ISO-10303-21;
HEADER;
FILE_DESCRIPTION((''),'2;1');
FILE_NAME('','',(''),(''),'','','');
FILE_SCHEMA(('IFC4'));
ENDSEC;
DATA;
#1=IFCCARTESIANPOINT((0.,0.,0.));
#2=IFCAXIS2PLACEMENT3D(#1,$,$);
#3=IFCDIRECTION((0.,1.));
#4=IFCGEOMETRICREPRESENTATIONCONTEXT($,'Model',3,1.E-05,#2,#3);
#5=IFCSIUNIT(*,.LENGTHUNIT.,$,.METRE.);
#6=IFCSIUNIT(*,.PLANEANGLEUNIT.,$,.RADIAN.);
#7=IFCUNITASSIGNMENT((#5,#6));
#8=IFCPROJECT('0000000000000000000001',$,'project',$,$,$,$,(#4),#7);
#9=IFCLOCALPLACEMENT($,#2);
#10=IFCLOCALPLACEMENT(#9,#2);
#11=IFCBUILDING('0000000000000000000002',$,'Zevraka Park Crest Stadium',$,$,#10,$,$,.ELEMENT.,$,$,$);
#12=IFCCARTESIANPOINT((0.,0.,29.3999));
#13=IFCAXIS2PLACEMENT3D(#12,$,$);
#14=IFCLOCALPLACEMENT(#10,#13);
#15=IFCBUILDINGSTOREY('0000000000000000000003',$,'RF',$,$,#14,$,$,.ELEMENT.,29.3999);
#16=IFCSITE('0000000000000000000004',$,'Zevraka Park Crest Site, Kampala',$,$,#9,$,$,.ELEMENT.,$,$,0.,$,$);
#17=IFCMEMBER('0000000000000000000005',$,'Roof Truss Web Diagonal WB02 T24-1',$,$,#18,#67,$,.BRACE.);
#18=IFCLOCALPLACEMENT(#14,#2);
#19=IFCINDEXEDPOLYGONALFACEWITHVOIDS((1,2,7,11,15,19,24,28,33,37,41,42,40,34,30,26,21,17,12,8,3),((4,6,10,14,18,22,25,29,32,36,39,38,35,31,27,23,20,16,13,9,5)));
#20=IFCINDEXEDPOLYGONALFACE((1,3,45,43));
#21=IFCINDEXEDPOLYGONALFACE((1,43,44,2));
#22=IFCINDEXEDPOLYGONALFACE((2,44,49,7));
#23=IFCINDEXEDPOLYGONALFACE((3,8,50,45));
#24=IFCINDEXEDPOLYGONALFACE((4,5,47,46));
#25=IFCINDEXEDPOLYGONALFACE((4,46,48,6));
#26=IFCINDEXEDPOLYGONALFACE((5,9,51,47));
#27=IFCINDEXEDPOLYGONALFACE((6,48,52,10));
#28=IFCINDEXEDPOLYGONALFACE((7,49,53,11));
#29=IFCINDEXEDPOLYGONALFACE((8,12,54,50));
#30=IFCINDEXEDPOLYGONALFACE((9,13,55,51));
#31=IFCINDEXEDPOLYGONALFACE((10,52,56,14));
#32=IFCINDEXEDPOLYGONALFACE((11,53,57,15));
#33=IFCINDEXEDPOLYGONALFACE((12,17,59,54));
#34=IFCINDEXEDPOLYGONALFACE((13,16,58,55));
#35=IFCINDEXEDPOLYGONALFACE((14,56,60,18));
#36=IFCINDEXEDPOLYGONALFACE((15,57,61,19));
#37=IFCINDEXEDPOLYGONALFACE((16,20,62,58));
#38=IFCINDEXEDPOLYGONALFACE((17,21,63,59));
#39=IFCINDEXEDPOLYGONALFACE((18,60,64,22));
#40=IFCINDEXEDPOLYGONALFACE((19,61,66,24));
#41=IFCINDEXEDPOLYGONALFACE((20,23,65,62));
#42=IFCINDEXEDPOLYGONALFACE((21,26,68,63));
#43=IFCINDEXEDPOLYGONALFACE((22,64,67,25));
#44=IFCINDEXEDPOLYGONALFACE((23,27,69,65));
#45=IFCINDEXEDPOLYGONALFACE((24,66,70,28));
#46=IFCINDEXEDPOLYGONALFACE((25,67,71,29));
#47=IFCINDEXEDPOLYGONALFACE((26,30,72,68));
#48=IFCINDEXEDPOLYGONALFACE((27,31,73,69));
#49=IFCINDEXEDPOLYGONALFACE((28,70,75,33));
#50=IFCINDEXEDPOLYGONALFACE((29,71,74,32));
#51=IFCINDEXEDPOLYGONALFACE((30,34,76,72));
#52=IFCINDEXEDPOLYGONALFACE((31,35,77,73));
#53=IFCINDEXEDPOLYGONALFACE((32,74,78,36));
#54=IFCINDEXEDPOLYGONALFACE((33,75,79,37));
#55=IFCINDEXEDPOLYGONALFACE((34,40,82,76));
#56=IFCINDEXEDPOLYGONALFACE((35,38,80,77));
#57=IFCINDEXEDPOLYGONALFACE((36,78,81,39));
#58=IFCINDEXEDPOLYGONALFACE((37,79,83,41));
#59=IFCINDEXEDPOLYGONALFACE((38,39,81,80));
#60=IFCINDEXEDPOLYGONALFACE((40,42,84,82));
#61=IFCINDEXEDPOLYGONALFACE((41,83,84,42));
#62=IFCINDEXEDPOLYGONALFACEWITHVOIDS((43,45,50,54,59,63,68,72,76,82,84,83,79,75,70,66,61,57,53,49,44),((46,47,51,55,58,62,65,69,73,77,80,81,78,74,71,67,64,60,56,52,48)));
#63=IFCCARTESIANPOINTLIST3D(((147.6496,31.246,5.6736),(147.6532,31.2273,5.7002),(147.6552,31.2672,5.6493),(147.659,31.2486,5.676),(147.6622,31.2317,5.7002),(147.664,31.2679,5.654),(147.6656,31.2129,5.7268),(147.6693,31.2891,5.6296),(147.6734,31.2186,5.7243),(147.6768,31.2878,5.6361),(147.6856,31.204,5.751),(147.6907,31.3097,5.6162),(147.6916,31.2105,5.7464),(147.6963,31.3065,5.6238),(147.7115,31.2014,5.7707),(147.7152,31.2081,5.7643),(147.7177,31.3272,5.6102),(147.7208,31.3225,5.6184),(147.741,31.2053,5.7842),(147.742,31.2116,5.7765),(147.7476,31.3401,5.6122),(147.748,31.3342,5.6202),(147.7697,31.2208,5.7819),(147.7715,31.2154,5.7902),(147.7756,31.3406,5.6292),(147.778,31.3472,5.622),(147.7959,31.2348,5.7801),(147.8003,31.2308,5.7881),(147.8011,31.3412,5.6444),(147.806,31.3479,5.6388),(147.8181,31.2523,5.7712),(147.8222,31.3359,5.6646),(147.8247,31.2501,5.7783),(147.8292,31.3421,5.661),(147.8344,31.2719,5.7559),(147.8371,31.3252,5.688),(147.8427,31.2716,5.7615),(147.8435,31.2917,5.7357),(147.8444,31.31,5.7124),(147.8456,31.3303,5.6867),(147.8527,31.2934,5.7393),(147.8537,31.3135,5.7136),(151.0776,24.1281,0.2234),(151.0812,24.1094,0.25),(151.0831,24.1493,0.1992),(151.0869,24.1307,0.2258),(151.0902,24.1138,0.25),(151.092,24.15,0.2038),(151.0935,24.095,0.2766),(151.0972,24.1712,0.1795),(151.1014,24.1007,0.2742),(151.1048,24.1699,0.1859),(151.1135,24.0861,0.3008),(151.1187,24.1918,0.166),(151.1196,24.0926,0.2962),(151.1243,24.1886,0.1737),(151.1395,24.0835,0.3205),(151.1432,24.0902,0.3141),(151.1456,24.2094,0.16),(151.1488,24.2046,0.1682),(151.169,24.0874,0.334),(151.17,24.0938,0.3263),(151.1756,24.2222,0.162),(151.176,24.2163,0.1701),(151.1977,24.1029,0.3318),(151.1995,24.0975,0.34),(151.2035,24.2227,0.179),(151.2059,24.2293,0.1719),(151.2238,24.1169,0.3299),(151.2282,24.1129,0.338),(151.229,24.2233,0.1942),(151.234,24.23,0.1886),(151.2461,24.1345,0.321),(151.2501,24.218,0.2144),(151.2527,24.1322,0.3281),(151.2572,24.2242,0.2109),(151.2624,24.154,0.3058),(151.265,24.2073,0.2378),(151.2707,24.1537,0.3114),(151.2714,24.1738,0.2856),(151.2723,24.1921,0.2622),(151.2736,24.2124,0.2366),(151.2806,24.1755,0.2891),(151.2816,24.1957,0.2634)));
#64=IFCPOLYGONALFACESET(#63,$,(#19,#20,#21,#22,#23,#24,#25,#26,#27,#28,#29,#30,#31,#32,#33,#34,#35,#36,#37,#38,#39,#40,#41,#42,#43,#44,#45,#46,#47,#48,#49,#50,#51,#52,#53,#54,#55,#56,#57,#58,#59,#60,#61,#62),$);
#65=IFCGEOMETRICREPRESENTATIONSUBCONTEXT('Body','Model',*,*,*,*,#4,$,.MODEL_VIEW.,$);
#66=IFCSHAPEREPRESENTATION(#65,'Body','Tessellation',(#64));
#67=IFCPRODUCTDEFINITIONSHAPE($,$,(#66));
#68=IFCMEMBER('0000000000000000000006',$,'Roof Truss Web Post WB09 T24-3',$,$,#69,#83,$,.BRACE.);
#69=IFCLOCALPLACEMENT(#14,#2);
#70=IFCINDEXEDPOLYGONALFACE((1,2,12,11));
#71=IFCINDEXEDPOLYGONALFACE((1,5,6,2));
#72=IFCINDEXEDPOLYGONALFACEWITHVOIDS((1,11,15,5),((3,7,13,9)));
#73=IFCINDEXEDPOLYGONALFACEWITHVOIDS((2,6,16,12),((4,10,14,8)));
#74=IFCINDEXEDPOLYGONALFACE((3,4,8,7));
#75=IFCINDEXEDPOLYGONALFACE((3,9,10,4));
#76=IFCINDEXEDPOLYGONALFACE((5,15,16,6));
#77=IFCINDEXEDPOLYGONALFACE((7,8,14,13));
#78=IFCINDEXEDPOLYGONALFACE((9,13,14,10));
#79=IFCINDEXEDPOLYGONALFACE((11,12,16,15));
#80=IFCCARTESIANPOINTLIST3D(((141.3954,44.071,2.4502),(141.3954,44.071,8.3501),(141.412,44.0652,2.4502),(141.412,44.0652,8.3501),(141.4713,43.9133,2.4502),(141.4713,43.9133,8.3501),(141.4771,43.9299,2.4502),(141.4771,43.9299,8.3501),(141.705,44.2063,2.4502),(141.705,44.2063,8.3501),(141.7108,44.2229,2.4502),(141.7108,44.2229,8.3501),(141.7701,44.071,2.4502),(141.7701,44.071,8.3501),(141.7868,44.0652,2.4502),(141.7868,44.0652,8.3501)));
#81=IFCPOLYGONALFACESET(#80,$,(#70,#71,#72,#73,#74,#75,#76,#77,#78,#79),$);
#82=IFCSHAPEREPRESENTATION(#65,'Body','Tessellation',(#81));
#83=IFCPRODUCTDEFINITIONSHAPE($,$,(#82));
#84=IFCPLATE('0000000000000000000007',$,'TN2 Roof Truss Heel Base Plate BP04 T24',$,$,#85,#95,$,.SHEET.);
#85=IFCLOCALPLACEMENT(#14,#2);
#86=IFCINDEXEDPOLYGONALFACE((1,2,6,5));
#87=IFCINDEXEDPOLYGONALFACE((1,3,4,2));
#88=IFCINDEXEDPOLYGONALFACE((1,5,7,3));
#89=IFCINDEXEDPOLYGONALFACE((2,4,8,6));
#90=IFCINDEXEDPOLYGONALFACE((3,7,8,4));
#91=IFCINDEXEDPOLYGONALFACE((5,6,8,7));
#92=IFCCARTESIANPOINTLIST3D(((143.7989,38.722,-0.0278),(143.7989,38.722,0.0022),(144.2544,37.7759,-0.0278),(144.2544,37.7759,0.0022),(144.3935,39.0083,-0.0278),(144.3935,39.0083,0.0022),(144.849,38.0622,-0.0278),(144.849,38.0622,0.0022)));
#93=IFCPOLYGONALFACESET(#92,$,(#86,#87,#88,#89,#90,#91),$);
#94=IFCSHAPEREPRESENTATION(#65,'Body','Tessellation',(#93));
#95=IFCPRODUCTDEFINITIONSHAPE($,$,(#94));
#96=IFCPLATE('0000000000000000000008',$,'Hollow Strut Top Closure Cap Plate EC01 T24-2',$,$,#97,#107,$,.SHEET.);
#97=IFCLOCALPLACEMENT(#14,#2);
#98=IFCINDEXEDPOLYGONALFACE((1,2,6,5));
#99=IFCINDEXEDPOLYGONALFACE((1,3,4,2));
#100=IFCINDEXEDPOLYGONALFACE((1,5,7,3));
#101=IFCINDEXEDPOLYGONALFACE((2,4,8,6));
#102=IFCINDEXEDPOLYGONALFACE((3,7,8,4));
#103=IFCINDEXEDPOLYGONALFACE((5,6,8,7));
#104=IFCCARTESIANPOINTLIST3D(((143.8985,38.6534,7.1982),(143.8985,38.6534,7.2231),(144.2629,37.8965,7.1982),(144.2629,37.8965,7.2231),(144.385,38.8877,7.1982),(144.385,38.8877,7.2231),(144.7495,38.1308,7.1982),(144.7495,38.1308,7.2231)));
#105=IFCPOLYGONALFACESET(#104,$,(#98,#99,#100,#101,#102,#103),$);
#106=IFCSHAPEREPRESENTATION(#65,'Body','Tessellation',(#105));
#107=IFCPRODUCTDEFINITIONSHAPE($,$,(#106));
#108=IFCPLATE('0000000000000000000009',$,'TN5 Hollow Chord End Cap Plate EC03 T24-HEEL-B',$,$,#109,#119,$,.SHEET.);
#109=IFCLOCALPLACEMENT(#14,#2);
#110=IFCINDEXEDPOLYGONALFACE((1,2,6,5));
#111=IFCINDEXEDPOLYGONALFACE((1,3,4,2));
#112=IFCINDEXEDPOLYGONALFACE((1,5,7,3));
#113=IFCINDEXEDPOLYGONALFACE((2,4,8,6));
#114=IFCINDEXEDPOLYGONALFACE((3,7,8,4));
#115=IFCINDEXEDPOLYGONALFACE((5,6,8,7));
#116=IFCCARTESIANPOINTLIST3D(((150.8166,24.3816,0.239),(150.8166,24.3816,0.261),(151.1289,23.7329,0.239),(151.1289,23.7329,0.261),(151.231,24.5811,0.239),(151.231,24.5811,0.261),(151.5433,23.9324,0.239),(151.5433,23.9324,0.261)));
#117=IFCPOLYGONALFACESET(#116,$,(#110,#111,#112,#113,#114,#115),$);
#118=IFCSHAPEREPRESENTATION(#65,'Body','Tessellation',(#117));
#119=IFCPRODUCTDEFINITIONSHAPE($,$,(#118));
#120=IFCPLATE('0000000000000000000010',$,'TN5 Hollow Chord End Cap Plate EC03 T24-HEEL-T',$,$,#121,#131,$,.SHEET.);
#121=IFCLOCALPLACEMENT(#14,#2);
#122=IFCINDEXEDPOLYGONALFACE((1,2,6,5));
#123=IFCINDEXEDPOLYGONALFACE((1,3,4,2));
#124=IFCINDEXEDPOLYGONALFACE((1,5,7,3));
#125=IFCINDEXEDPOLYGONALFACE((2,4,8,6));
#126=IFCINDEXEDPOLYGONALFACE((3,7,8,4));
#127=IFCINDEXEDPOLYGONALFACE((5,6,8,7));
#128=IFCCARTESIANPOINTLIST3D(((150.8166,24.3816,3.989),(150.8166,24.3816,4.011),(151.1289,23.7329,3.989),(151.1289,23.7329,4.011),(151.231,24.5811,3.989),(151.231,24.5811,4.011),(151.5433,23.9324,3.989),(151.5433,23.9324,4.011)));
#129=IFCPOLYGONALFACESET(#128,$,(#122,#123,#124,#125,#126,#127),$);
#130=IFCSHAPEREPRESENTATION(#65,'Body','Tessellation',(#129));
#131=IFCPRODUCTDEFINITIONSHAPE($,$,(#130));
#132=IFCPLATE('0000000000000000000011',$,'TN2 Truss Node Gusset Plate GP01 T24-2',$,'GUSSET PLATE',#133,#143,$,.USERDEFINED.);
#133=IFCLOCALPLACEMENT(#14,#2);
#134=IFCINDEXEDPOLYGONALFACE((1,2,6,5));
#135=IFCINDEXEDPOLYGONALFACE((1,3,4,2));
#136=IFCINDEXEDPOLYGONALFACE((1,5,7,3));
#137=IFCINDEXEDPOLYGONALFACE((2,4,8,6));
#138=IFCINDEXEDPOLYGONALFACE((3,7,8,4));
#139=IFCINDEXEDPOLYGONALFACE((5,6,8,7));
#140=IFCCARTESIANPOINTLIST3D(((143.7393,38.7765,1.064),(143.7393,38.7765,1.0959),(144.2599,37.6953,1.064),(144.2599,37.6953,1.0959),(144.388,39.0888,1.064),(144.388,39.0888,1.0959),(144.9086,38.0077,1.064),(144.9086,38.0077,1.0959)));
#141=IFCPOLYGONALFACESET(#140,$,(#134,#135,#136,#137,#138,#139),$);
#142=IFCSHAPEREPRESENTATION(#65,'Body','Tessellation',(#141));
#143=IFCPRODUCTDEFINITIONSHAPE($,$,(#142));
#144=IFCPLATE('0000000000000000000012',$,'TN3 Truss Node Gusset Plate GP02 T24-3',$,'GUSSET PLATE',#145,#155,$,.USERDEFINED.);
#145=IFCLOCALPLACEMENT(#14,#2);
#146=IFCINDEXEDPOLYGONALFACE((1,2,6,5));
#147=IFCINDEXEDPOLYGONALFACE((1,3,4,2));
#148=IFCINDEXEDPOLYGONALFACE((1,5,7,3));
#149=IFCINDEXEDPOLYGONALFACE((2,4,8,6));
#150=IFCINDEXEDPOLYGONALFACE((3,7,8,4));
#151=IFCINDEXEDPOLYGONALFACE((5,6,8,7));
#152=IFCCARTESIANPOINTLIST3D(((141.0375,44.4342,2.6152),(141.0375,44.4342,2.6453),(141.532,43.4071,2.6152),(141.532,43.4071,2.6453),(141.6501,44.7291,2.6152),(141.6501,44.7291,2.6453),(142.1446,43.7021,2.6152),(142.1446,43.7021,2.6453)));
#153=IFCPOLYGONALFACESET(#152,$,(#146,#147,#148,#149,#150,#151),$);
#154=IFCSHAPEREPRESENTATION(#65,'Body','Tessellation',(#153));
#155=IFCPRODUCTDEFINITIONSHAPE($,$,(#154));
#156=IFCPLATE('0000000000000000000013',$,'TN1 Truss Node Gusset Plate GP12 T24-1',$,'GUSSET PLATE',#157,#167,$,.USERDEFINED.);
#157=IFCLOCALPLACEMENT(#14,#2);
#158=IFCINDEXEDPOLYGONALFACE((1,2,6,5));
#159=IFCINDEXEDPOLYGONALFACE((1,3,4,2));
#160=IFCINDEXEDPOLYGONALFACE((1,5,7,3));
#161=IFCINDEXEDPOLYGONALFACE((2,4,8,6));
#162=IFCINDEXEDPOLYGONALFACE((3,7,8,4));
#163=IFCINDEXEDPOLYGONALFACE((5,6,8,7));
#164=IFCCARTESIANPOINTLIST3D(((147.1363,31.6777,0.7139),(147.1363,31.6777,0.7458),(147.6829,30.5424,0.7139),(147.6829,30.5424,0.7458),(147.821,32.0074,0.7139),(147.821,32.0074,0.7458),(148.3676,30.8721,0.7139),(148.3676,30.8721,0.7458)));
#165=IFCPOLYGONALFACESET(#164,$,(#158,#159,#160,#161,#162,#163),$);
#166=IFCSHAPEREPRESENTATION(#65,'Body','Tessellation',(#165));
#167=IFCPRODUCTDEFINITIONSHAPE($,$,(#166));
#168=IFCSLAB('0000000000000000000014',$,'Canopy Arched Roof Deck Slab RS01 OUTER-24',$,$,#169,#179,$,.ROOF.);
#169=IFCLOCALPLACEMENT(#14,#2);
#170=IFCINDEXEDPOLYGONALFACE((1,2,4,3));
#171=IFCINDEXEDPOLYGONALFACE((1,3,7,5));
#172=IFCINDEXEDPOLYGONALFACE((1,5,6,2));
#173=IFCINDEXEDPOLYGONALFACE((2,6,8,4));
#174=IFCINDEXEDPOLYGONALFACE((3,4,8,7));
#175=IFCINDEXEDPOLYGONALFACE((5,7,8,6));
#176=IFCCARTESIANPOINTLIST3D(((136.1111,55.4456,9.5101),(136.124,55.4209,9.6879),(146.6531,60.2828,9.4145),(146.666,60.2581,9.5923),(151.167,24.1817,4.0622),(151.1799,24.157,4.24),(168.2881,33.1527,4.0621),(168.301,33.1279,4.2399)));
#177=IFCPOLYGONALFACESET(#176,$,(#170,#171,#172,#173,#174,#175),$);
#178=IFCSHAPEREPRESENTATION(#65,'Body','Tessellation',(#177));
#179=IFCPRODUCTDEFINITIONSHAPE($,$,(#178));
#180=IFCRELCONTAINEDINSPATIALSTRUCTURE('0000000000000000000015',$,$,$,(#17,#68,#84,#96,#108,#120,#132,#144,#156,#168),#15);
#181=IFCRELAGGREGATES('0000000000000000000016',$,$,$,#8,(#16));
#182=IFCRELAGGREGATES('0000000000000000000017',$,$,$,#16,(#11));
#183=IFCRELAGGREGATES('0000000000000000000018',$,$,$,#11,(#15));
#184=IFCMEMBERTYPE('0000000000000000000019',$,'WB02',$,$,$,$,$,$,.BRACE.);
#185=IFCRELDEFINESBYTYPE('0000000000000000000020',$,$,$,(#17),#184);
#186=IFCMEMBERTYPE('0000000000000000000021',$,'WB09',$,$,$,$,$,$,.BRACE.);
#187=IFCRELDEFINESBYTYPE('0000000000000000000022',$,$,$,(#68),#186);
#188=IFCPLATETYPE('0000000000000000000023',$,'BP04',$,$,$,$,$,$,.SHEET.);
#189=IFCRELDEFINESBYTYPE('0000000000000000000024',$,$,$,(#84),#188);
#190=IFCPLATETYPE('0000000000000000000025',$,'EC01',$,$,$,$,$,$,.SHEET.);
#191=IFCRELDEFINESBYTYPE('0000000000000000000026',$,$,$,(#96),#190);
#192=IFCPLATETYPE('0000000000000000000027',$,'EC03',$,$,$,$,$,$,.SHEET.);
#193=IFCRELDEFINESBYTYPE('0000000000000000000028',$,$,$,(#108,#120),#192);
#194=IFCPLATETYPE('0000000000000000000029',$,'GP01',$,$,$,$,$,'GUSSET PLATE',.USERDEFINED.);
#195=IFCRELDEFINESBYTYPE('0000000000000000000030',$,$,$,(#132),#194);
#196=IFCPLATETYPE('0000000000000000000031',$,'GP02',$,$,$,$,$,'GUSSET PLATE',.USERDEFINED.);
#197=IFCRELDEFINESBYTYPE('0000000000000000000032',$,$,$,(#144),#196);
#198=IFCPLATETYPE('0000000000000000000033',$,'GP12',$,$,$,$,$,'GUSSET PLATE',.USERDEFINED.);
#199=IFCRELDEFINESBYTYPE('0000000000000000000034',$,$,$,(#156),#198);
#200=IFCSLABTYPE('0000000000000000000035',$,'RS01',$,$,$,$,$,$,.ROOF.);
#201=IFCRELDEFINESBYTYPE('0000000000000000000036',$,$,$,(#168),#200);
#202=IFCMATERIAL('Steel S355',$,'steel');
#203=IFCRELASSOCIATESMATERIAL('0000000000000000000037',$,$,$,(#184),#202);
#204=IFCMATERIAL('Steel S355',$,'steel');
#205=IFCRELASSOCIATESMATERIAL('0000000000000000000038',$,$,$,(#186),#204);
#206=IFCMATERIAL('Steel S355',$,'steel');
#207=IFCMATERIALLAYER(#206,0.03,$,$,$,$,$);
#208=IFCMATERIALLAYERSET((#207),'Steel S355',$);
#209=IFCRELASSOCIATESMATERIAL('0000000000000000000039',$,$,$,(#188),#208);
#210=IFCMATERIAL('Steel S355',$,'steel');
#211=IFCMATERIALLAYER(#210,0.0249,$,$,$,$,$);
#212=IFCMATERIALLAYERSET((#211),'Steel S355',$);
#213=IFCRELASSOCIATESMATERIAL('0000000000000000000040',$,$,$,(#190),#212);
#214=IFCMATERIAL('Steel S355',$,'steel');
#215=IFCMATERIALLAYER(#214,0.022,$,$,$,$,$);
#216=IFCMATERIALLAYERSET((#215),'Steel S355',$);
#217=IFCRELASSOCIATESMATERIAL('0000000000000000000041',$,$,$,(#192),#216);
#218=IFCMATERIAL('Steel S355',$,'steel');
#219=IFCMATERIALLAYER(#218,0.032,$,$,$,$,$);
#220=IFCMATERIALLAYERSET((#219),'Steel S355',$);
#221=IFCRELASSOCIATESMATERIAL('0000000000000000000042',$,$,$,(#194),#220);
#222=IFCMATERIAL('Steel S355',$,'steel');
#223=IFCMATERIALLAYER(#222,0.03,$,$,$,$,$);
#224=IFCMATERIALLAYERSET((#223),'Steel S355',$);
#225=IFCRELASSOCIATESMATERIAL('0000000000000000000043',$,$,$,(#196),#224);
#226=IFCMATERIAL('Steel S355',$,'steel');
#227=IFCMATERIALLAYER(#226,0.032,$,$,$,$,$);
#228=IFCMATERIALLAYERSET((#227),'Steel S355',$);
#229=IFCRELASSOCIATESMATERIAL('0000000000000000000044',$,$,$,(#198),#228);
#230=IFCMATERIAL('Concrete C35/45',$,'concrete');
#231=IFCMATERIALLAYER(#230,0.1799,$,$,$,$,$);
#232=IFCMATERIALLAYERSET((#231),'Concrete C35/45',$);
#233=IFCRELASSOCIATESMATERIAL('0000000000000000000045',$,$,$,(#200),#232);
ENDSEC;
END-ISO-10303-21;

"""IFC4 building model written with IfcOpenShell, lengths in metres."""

from ifc_helpers import new_model, si_unit, direction, frame, origin, origin_2d, place, context, subcontext, project, spatial, polyline, rectangle, hollow_rectangle, hollow_circle, outline, extrude, material, layer, layer_set, material_profile, profile_set, type_object, element, save


model = new_model("IFC4")

# Units and contexts
model_context = context("Model", 3, precision=1e-05, world=origin(), true_north=direction((0.0, 1.0)))
body_context = subcontext(model_context, "Body", "Model", "MODEL_VIEW")
ifc_project = project(units=[si_unit("LENGTHUNIT", "METRE"), si_unit("PLANEANGLEUNIT", "RADIAN")], contexts=[model_context])

# Site, building, storey
site_placement = place(None, origin())
site = spatial("IfcSite", under=ifc_project, at=site_placement, Name="Zevraka Park Crest Site, Kampala", CompositionType="ELEMENT", RefElevation=0.0)
building_placement = place(site_placement, origin())
building = spatial("IfcBuilding", under=site, at=building_placement, Name="Zevraka Park Crest Stadium", CompositionType="ELEMENT")
storey_placement = place(building_placement, frame((0.0, 0.0, 29.3999)))
storey = spatial("IfcBuildingStorey", under=building, at=storey_placement, Name="RF", CompositionType="ELEMENT", Elevation=29.3999)

# Members
ifc_material_1 = material(Name="Steel S355", Category="steel")
ifc_material_profile_1 = material_profile(ifc_material_1, hollow_circle(Radius=0.1096, WallThickness=0.01, at=origin_2d()), Name="CHS 219.1x10")
ifc_profile_set_1 = profile_set([ifc_material_profile_1], Name="Steel S355")
member_type_1 = type_object("IfcMemberType", Name="WB02", PredefinedType="BRACE", material=ifc_profile_set_1)
member_1_placement = place(storey_placement, frame((151.1799, 24.157, 0.25), z_axis=(-0.357158, 0.741609, 0.567851), x_axis=(-0.900961, -0.433901, 0.0)))
element("IfcMember", 1, at=member_1_placement, inside=storey, type_object=member_type_1, Name="Roof Truss Web Diagonal WB02 T24-1", PredefinedType="BRACE", context=body_context, shape_type="SweptSolid", body=[
    extrude(hollow_circle(Radius=0.1096, WallThickness=0.01, at=origin_2d()), origin(), (0.0, 0.0, 1.0), 9.5979),
])
ifc_material_2 = material(Name="Steel S355", Category="steel")
ifc_material_profile_2 = material_profile(ifc_material_2, hollow_rectangle(XDim=0.175, YDim=0.3501, WallThickness=0.0125, at=origin_2d()), Name="RHS 350x175x12.5")
ifc_profile_set_2 = profile_set([ifc_material_profile_2], Name="Steel S355")
member_type_2 = type_object("IfcMemberType", Name="WB09", PredefinedType="BRACE", material=ifc_profile_set_2)
member_2_placement = place(storey_placement, frame((141.5911, 44.0681, 2.4502), z_axis=(0.0, 0.0, 1.0), x_axis=(-0.433816, 0.901001, 0.0)))
element("IfcMember", 2, at=member_2_placement, inside=storey, type_object=member_type_2, Name="Roof Truss Web Post WB09 T24-3", PredefinedType="BRACE", context=body_context, shape_type="SweptSolid", body=[
    extrude(hollow_rectangle(XDim=0.175, YDim=0.3501, WallThickness=0.0125, at=origin_2d()), origin(), (0.0, 0.0, 1.0), 5.8999),
])

# Plates
ifc_material_3 = material(Name="Steel S355", Category="steel")
ifc_layer_1 = layer(ifc_material_3, 0.03)
ifc_layer_set_1 = layer_set([ifc_layer_1], Name="Steel S355")
plate_type_1 = type_object("IfcPlateType", Name="BP04", PredefinedType="SHEET", material=ifc_layer_set_1)
plate_1_placement = place(storey_placement, frame((144.324, 38.3921, -0.0278), z_axis=(0.0, 0.0, 1.0), x_axis=(-0.433816, 0.901001, 0.0)))
element("IfcPlate", 3, at=plate_1_placement, inside=storey, type_object=plate_type_1, Name="TN2 Roof Truss Heel Base Plate BP04 T24", PredefinedType="SHEET", context=body_context, shape_type="SweptSolid", body=[
    extrude(rectangle(XDim=1.05, YDim=0.6599, at=origin_2d()), origin(), (0.0, 0.0, 1.0), 0.03),
])
ifc_material_4 = material(Name="Steel S355", Category="steel")
ifc_layer_2 = layer(ifc_material_4, 0.0249)
ifc_layer_set_2 = layer_set([ifc_layer_2], Name="Steel S355")
plate_type_2 = type_object("IfcPlateType", Name="EC01", PredefinedType="SHEET", material=ifc_layer_set_2)
plate_2_placement = place(storey_placement, frame((144.324, 38.3921, 7.1982), z_axis=(0.0, 0.0, 1.0), x_axis=(-0.433816, 0.901001, 0.0)))
element("IfcPlate", 4, at=plate_2_placement, inside=storey, type_object=plate_type_2, Name="Hollow Strut Top Closure Cap Plate EC01 T24-2", PredefinedType="SHEET", context=body_context, shape_type="SweptSolid", body=[
    extrude(rectangle(XDim=0.8401, YDim=0.54, at=origin_2d()), origin(), (0.0, 0.0, 1.0), 0.0249),
])
ifc_material_5 = material(Name="Steel S355", Category="steel")
ifc_layer_3 = layer(ifc_material_5, 0.022)
ifc_layer_set_3 = layer_set([ifc_layer_3], Name="Steel S355")
plate_type_3 = type_object("IfcPlateType", Name="EC03", PredefinedType="SHEET", material=ifc_layer_set_3)
for number, where, z_axis, x_axis, name in (
    (5, (151.1799, 24.157, 0.239), (0.0, 0.0, 1.0), (-0.433816, 0.901001, 0.0), "TN5 Hollow Chord End Cap Plate EC03 T24-HEEL-B"),
    (6, (151.1799, 24.157, 3.989), (0.0, 0.0, 1.0), (-0.433816, 0.901001, 0.0), "TN5 Hollow Chord End Cap Plate EC03 T24-HEEL-T"),
):
    element("IfcPlate", number, at=place(storey_placement, frame(where, z_axis=z_axis, x_axis=x_axis)), inside=storey, type_object=plate_type_3, Name=name, PredefinedType="SHEET", context=body_context, shape_type="SweptSolid", body=[
        extrude(rectangle(XDim=0.72, YDim=0.46, at=origin_2d()), origin(), (0.0, 0.0, 1.0), 0.022),
    ])
ifc_material_6 = material(Name="Steel S355", Category="steel")
ifc_layer_4 = layer(ifc_material_6, 0.032)
ifc_layer_set_4 = layer_set([ifc_layer_4], Name="Steel S355")
plate_type_4 = type_object("IfcPlateType", Name="GP01", ElementType="GUSSET PLATE", PredefinedType="USERDEFINED", material=ifc_layer_set_4)
plate_3_placement = place(storey_placement, frame((144.324, 38.3921, 1.064), z_axis=(0.0, 0.0, 1.0), x_axis=(-0.433816, 0.901001, 0.0)))
element("IfcPlate", 7, at=plate_3_placement, inside=storey, type_object=plate_type_4, Name="TN2 Truss Node Gusset Plate GP01 T24-2", ObjectType="GUSSET PLATE", PredefinedType="USERDEFINED", context=body_context, shape_type="SweptSolid", body=[
    extrude(rectangle(XDim=1.2, YDim=0.72, at=origin_2d()), origin(), (0.0, 0.0, 1.0), 0.032),
])
ifc_material_7 = material(Name="Steel S355", Category="steel")
ifc_layer_5 = layer(ifc_material_7, 0.03)
ifc_layer_set_5 = layer_set([ifc_layer_5], Name="Steel S355")
plate_type_5 = type_object("IfcPlateType", Name="GP02", ElementType="GUSSET PLATE", PredefinedType="USERDEFINED", material=ifc_layer_set_5)
plate_4_placement = place(storey_placement, frame((141.5911, 44.0681, 2.6152), z_axis=(0.0, 0.0, 1.0), x_axis=(-0.433816, 0.901001, 0.0)))
element("IfcPlate", 8, at=plate_4_placement, inside=storey, type_object=plate_type_5, Name="TN3 Truss Node Gusset Plate GP02 T24-3", ObjectType="GUSSET PLATE", PredefinedType="USERDEFINED", context=body_context, shape_type="SweptSolid", body=[
    extrude(rectangle(XDim=1.1399, YDim=0.6799, at=origin_2d()), origin(), (0.0, 0.0, 1.0), 0.03),
])
ifc_material_8 = material(Name="Steel S355", Category="steel")
ifc_layer_6 = layer(ifc_material_8, 0.032)
ifc_layer_set_6 = layer_set([ifc_layer_6], Name="Steel S355")
plate_type_6 = type_object("IfcPlateType", Name="GP12", ElementType="GUSSET PLATE", PredefinedType="USERDEFINED", material=ifc_layer_set_6)
plate_5_placement = place(storey_placement, frame((147.752, 31.2749, 0.7139), z_axis=(0.0, 0.0, 1.0), x_axis=(-0.433816, 0.901001, 0.0)))
element("IfcPlate", 9, at=plate_5_placement, inside=storey, type_object=plate_type_6, Name="TN1 Truss Node Gusset Plate GP12 T24-1", ObjectType="GUSSET PLATE", PredefinedType="USERDEFINED", context=body_context, shape_type="SweptSolid", body=[
    extrude(rectangle(XDim=1.26, YDim=0.76, at=origin_2d()), origin(), (0.0, 0.0, 1.0), 0.032),
])

# Slab
ifc_material_9 = material(Name="Concrete C35/45", Category="concrete")
ifc_layer_7 = layer(ifc_material_9, 0.1799)
ifc_layer_set_7 = layer_set([ifc_layer_7], Name="Concrete C35/45")
slab_type = type_object("IfcSlabType", Name="RS01", PredefinedType="ROOF", material=ifc_layer_set_7)
slab_placement = place(storey_placement, frame((151.1799, 24.157, 4.24), z_axis=(0.072029, -0.137456, 0.987885), x_axis=(0.885773, 0.46412, -0.000006)))
element("IfcSlab", 10, at=slab_placement, inside=storey, type_object=slab_type, Name="Canopy Arched Roof Deck Slab RS01 OUTER-24", PredefinedType="ROOF", context=body_context, shape_type="SweptSolid", body=[
    extrude(outline(polyline([(0.0, 0.0), (19.329, 0.0), (12.7569, 34.4902), (1.1741, 35.1058), (0.0, 0.0)])), origin(), (0.0, 0.0, -1.0), 0.1799),
])

save(model, "model.ifc")
